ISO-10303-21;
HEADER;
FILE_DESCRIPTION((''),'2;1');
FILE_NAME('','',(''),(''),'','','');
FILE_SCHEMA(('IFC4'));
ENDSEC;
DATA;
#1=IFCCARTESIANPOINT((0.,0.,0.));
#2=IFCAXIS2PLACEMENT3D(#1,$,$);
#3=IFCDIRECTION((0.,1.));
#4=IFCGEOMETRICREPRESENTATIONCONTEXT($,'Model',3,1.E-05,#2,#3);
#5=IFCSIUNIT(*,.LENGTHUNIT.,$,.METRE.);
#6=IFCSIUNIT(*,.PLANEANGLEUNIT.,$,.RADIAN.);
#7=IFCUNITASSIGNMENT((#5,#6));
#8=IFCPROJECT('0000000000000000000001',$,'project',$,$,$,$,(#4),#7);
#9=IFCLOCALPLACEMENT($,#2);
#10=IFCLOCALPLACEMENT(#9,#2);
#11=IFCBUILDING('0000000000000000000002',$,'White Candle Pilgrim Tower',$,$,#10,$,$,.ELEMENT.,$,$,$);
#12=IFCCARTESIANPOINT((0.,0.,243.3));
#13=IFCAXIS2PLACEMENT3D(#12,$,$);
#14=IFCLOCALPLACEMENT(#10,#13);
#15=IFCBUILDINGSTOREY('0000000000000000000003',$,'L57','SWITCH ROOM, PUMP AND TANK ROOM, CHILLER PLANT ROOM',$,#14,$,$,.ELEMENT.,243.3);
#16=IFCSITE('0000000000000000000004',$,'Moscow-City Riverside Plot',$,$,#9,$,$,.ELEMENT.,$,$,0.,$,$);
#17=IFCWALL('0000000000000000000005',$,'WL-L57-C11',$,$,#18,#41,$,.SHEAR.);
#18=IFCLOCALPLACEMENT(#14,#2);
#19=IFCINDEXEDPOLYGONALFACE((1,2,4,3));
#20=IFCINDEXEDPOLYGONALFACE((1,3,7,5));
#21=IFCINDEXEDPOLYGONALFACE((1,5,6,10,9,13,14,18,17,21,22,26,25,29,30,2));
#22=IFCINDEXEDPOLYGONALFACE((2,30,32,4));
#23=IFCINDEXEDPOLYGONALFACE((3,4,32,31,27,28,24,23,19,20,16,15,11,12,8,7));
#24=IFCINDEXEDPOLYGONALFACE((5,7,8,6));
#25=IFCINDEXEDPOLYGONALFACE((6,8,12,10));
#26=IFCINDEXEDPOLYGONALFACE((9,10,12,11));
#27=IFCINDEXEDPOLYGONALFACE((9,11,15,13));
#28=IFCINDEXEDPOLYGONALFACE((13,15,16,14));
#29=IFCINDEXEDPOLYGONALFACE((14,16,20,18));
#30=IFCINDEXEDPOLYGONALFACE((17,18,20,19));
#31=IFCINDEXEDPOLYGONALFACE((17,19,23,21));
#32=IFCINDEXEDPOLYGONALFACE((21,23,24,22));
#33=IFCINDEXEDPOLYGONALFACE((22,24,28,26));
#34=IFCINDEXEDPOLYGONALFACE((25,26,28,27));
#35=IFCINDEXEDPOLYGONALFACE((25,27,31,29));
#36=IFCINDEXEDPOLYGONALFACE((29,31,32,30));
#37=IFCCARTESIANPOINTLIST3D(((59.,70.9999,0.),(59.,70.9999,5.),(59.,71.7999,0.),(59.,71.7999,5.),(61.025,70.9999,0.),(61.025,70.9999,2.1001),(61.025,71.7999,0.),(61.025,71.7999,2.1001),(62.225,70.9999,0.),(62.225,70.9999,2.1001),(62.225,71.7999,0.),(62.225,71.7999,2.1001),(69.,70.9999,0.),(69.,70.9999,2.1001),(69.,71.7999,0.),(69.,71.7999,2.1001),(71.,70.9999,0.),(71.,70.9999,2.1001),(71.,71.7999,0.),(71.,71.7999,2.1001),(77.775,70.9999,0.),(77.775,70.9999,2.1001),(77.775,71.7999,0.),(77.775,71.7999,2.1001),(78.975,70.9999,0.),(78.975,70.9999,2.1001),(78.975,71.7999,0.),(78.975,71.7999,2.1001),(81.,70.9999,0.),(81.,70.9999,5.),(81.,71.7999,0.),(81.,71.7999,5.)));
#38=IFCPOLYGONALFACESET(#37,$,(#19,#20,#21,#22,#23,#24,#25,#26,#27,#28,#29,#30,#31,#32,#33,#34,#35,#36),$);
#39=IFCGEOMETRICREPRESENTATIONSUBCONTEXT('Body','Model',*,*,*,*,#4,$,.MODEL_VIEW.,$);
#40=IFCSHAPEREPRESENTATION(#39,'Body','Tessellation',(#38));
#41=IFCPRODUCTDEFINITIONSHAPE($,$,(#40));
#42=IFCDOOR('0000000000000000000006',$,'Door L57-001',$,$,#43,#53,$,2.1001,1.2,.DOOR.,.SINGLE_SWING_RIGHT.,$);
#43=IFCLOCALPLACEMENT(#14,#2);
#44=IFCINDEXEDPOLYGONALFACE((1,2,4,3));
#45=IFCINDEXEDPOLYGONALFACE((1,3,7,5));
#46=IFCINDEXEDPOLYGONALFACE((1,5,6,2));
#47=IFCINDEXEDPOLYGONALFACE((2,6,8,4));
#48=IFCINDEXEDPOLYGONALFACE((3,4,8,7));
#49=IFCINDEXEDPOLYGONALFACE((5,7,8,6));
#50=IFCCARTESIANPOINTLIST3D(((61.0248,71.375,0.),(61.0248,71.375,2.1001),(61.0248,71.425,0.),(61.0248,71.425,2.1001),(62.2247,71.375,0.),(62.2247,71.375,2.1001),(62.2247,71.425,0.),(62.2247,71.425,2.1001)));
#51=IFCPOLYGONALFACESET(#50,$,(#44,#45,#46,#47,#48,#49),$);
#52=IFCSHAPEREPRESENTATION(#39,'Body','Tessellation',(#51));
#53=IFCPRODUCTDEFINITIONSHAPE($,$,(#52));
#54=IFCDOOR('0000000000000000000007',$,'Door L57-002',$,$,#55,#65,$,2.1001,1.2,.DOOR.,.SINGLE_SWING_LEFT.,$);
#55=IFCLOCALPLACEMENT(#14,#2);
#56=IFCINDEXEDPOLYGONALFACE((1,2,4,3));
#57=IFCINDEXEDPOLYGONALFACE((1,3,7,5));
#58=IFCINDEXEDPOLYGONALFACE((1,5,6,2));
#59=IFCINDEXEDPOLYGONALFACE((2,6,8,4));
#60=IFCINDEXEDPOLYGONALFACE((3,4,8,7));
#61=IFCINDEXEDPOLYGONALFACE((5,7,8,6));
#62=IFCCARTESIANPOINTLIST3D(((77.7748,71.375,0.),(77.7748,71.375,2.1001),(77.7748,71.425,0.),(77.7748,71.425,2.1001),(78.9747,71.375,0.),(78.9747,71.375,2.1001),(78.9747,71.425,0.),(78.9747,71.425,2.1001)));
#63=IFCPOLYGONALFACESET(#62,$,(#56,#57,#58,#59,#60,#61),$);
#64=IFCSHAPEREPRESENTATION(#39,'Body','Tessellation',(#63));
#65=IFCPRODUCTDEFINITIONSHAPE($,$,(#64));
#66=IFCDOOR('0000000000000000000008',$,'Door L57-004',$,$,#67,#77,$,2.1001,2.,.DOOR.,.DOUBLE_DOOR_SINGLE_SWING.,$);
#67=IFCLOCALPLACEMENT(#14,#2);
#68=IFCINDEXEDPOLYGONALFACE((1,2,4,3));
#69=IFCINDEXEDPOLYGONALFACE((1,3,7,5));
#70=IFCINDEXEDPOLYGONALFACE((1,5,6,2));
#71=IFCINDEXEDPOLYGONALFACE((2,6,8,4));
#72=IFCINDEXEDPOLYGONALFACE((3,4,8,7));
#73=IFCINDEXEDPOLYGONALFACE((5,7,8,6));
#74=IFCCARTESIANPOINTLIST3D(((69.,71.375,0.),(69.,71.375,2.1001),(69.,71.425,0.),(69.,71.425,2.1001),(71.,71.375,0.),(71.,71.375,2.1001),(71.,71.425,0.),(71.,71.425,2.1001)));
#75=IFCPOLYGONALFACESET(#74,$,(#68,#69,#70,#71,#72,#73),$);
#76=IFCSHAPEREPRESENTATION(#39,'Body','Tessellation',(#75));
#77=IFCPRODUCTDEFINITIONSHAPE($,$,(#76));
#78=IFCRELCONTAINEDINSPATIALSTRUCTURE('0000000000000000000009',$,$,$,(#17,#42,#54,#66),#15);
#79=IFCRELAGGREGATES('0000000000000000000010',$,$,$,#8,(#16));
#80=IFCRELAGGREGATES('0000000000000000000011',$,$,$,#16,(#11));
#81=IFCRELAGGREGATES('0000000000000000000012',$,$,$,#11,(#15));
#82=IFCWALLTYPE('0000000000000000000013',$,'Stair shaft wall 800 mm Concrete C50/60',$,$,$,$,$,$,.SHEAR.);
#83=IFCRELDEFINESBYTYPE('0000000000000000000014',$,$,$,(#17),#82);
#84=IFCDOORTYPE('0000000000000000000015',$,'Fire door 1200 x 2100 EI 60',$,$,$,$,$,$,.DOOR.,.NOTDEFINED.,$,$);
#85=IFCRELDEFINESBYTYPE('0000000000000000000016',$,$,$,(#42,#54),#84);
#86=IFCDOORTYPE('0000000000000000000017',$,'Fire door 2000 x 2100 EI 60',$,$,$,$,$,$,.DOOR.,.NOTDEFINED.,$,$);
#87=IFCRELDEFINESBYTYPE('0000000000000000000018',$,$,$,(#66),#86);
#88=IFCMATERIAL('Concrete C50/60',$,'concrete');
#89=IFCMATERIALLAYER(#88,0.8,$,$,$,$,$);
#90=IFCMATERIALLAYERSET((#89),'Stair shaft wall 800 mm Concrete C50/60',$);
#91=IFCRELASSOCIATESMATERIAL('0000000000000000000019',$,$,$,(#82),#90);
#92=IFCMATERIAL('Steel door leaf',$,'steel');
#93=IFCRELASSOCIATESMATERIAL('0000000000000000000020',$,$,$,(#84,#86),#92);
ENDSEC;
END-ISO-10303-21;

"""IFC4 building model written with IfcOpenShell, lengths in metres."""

from ifc_helpers import new_model, si_unit, direction, frame, frame_2d, origin, place, context, subcontext, project, spatial, rectangle, extrude, material, layer, layer_set, type_object, element, fill, save


model = new_model("IFC4")

# Units and contexts
model_context = context("Model", 3, precision=1e-05, world=origin(), true_north=direction((0.0, 1.0)))
body_context = subcontext(model_context, "Body", "Model", "MODEL_VIEW")
ifc_project = project(units=[si_unit("LENGTHUNIT", "METRE"), si_unit("PLANEANGLEUNIT", "RADIAN")], contexts=[model_context])

# Site, building, storey
site_placement = place(None, origin())
site = spatial("IfcSite", under=ifc_project, at=site_placement, Name="Moscow-City Riverside Plot", CompositionType="ELEMENT", RefElevation=0.0)
building_placement = place(site_placement, origin())
building = spatial("IfcBuilding", under=site, at=building_placement, Name="White Candle Pilgrim Tower", CompositionType="ELEMENT")
storey_placement = place(building_placement, frame((0.0, 0.0, 243.3)))
storey = spatial("IfcBuildingStorey", under=building, at=storey_placement, Name="L57", Description="SWITCH ROOM, PUMP AND TANK ROOM, CHILLER PLANT ROOM", CompositionType="ELEMENT", Elevation=243.3)

# Shared definitions
ifc_material_1 = material(Name="Steel door leaf", Category="steel")

# Shared definitions
ifc_material_2 = material(Name="Concrete C50/60", Category="concrete")

# Wall, openings, doors
ifc_layer_1 = layer(ifc_material_2, 0.8)
ifc_layer_set_1 = layer_set([ifc_layer_1], Name="Stair shaft wall 800 mm Concrete C50/60")
wall_type_1 = type_object("IfcWallType", Name="Stair shaft wall 800 mm Concrete C50/60", PredefinedType="SHEAR", material=ifc_layer_set_1)
wall_1_placement = place(storey_placement, frame((59.0, 71.3999, 0.0), z_axis=(0.0, 0.0, 1.0), x_axis=(1.0, 0.0, 0.0)))
wall_1 = element("IfcWall", 1, at=wall_1_placement, inside=storey, type_object=wall_type_1, Name="WL-L57-C11", PredefinedType="SHEAR", context=body_context, shape_type="SweptSolid", body=[
    extrude(rectangle(XDim=22.0, YDim=0.8, at=frame_2d((11.0, 0.0))), origin(), (0.0, 0.0, 1.0), 5.0),
])
opening_1_placement = place(wall_1_placement, frame((2.0249, 0.0, 0.0)))
opening_1 = element("IfcOpeningElement", 2, at=opening_1_placement, cuts=wall_1, PredefinedType="OPENING", context=body_context, shape_type="SweptSolid", body=[
    extrude(rectangle(XDim=1.2, YDim=2.1001, at=frame_2d((0.6001, 1.05))), frame((0.0, 0.4099, 0.0), z_axis=(0.0, -1.0, 0.0), x_axis=(1.0, 0.0, 0.0)), (0.0, 0.0, 1.0), 0.8201),
])
opening_2_placement = place(wall_1_placement, frame((18.7749, 0.0, 0.0)))
opening_2 = element("IfcOpeningElement", 3, at=opening_2_placement, cuts=wall_1, PredefinedType="OPENING", context=body_context, shape_type="SweptSolid", body=[
    extrude(rectangle(XDim=1.2, YDim=2.1001, at=frame_2d((0.6001, 1.05))), frame((0.0, 0.4099, 0.0), z_axis=(0.0, -1.0, 0.0), x_axis=(1.0, 0.0, 0.0)), (0.0, 0.0, 1.0), 0.8201),
])
opening_3_placement = place(wall_1_placement, frame((10.0, 0.0, 0.0)))
opening_3 = element("IfcOpeningElement", 4, at=opening_3_placement, cuts=wall_1, PredefinedType="OPENING", context=body_context, shape_type="SweptSolid", body=[
    extrude(rectangle(XDim=2.0, YDim=2.1001, at=frame_2d((1.0, 1.05))), frame((0.0, 0.4099, 0.0), z_axis=(0.0, -1.0, 0.0), x_axis=(1.0, 0.0, 0.0)), (0.0, 0.0, 1.0), 0.8201),
])
door_type_1 = type_object("IfcDoorType", Name="Fire door 1200 x 2100 EI 60", OperationType="NOTDEFINED", PredefinedType="DOOR", material=ifc_material_1)
door_1_placement = place(opening_1_placement, frame((1.2, 0.0, 0.0), z_axis=(0.0, 0.0, 1.0), x_axis=(-1.0, 0.0, 0.0)))
door_1 = element("IfcDoor", 5, at=door_1_placement, inside=storey, type_object=door_type_1, Name="Door L57-001", OperationType="SINGLE_SWING_RIGHT", OverallHeight=2.1001, OverallWidth=1.2, PredefinedType="DOOR", context=body_context, shape_type="SweptSolid", body=[
    extrude(rectangle(XDim=1.2, YDim=2.1001, at=frame_2d((0.6001, 1.05))), frame((0.0, 0.0249, 0.0), z_axis=(0.0, -1.0, 0.0), x_axis=(1.0, 0.0, 0.0)), (0.0, 0.0, 1.0), 0.05),
])
fill(opening_1, door_1)
door_2_placement = place(opening_2_placement, frame((1.2, 0.0, 0.0), z_axis=(0.0, 0.0, 1.0), x_axis=(-1.0, 0.0, 0.0)))
door_2 = element("IfcDoor", 6, at=door_2_placement, inside=storey, type_object=door_type_1, Name="Door L57-002", OperationType="SINGLE_SWING_LEFT", OverallHeight=2.1001, OverallWidth=1.2, PredefinedType="DOOR", context=body_context, shape_type="SweptSolid", body=[
    extrude(rectangle(XDim=1.2, YDim=2.1001, at=frame_2d((0.6001, 1.05))), frame((0.0, 0.0249, 0.0), z_axis=(0.0, -1.0, 0.0), x_axis=(1.0, 0.0, 0.0)), (0.0, 0.0, 1.0), 0.05),
])
fill(opening_2, door_2)
door_type_2 = type_object("IfcDoorType", Name="Fire door 2000 x 2100 EI 60", OperationType="NOTDEFINED", PredefinedType="DOOR", material=ifc_material_1)
door_3_placement = place(opening_3_placement, frame((2.0, 0.0, 0.0), z_axis=(0.0, 0.0, 1.0), x_axis=(-1.0, 0.0, 0.0)))
door_3 = element("IfcDoor", 7, at=door_3_placement, inside=storey, type_object=door_type_2, Name="Door L57-004", OperationType="DOUBLE_DOOR_SINGLE_SWING", OverallHeight=2.1001, OverallWidth=2.0, PredefinedType="DOOR", context=body_context, shape_type="SweptSolid", body=[
    extrude(rectangle(XDim=2.0, YDim=2.1001, at=frame_2d((1.0, 1.05))), frame((0.0, 0.0249, 0.0), z_axis=(0.0, -1.0, 0.0), x_axis=(1.0, 0.0, 0.0)), (0.0, 0.0, 1.0), 0.05),
])
fill(opening_3, door_3)

save(model, "model.ifc")
